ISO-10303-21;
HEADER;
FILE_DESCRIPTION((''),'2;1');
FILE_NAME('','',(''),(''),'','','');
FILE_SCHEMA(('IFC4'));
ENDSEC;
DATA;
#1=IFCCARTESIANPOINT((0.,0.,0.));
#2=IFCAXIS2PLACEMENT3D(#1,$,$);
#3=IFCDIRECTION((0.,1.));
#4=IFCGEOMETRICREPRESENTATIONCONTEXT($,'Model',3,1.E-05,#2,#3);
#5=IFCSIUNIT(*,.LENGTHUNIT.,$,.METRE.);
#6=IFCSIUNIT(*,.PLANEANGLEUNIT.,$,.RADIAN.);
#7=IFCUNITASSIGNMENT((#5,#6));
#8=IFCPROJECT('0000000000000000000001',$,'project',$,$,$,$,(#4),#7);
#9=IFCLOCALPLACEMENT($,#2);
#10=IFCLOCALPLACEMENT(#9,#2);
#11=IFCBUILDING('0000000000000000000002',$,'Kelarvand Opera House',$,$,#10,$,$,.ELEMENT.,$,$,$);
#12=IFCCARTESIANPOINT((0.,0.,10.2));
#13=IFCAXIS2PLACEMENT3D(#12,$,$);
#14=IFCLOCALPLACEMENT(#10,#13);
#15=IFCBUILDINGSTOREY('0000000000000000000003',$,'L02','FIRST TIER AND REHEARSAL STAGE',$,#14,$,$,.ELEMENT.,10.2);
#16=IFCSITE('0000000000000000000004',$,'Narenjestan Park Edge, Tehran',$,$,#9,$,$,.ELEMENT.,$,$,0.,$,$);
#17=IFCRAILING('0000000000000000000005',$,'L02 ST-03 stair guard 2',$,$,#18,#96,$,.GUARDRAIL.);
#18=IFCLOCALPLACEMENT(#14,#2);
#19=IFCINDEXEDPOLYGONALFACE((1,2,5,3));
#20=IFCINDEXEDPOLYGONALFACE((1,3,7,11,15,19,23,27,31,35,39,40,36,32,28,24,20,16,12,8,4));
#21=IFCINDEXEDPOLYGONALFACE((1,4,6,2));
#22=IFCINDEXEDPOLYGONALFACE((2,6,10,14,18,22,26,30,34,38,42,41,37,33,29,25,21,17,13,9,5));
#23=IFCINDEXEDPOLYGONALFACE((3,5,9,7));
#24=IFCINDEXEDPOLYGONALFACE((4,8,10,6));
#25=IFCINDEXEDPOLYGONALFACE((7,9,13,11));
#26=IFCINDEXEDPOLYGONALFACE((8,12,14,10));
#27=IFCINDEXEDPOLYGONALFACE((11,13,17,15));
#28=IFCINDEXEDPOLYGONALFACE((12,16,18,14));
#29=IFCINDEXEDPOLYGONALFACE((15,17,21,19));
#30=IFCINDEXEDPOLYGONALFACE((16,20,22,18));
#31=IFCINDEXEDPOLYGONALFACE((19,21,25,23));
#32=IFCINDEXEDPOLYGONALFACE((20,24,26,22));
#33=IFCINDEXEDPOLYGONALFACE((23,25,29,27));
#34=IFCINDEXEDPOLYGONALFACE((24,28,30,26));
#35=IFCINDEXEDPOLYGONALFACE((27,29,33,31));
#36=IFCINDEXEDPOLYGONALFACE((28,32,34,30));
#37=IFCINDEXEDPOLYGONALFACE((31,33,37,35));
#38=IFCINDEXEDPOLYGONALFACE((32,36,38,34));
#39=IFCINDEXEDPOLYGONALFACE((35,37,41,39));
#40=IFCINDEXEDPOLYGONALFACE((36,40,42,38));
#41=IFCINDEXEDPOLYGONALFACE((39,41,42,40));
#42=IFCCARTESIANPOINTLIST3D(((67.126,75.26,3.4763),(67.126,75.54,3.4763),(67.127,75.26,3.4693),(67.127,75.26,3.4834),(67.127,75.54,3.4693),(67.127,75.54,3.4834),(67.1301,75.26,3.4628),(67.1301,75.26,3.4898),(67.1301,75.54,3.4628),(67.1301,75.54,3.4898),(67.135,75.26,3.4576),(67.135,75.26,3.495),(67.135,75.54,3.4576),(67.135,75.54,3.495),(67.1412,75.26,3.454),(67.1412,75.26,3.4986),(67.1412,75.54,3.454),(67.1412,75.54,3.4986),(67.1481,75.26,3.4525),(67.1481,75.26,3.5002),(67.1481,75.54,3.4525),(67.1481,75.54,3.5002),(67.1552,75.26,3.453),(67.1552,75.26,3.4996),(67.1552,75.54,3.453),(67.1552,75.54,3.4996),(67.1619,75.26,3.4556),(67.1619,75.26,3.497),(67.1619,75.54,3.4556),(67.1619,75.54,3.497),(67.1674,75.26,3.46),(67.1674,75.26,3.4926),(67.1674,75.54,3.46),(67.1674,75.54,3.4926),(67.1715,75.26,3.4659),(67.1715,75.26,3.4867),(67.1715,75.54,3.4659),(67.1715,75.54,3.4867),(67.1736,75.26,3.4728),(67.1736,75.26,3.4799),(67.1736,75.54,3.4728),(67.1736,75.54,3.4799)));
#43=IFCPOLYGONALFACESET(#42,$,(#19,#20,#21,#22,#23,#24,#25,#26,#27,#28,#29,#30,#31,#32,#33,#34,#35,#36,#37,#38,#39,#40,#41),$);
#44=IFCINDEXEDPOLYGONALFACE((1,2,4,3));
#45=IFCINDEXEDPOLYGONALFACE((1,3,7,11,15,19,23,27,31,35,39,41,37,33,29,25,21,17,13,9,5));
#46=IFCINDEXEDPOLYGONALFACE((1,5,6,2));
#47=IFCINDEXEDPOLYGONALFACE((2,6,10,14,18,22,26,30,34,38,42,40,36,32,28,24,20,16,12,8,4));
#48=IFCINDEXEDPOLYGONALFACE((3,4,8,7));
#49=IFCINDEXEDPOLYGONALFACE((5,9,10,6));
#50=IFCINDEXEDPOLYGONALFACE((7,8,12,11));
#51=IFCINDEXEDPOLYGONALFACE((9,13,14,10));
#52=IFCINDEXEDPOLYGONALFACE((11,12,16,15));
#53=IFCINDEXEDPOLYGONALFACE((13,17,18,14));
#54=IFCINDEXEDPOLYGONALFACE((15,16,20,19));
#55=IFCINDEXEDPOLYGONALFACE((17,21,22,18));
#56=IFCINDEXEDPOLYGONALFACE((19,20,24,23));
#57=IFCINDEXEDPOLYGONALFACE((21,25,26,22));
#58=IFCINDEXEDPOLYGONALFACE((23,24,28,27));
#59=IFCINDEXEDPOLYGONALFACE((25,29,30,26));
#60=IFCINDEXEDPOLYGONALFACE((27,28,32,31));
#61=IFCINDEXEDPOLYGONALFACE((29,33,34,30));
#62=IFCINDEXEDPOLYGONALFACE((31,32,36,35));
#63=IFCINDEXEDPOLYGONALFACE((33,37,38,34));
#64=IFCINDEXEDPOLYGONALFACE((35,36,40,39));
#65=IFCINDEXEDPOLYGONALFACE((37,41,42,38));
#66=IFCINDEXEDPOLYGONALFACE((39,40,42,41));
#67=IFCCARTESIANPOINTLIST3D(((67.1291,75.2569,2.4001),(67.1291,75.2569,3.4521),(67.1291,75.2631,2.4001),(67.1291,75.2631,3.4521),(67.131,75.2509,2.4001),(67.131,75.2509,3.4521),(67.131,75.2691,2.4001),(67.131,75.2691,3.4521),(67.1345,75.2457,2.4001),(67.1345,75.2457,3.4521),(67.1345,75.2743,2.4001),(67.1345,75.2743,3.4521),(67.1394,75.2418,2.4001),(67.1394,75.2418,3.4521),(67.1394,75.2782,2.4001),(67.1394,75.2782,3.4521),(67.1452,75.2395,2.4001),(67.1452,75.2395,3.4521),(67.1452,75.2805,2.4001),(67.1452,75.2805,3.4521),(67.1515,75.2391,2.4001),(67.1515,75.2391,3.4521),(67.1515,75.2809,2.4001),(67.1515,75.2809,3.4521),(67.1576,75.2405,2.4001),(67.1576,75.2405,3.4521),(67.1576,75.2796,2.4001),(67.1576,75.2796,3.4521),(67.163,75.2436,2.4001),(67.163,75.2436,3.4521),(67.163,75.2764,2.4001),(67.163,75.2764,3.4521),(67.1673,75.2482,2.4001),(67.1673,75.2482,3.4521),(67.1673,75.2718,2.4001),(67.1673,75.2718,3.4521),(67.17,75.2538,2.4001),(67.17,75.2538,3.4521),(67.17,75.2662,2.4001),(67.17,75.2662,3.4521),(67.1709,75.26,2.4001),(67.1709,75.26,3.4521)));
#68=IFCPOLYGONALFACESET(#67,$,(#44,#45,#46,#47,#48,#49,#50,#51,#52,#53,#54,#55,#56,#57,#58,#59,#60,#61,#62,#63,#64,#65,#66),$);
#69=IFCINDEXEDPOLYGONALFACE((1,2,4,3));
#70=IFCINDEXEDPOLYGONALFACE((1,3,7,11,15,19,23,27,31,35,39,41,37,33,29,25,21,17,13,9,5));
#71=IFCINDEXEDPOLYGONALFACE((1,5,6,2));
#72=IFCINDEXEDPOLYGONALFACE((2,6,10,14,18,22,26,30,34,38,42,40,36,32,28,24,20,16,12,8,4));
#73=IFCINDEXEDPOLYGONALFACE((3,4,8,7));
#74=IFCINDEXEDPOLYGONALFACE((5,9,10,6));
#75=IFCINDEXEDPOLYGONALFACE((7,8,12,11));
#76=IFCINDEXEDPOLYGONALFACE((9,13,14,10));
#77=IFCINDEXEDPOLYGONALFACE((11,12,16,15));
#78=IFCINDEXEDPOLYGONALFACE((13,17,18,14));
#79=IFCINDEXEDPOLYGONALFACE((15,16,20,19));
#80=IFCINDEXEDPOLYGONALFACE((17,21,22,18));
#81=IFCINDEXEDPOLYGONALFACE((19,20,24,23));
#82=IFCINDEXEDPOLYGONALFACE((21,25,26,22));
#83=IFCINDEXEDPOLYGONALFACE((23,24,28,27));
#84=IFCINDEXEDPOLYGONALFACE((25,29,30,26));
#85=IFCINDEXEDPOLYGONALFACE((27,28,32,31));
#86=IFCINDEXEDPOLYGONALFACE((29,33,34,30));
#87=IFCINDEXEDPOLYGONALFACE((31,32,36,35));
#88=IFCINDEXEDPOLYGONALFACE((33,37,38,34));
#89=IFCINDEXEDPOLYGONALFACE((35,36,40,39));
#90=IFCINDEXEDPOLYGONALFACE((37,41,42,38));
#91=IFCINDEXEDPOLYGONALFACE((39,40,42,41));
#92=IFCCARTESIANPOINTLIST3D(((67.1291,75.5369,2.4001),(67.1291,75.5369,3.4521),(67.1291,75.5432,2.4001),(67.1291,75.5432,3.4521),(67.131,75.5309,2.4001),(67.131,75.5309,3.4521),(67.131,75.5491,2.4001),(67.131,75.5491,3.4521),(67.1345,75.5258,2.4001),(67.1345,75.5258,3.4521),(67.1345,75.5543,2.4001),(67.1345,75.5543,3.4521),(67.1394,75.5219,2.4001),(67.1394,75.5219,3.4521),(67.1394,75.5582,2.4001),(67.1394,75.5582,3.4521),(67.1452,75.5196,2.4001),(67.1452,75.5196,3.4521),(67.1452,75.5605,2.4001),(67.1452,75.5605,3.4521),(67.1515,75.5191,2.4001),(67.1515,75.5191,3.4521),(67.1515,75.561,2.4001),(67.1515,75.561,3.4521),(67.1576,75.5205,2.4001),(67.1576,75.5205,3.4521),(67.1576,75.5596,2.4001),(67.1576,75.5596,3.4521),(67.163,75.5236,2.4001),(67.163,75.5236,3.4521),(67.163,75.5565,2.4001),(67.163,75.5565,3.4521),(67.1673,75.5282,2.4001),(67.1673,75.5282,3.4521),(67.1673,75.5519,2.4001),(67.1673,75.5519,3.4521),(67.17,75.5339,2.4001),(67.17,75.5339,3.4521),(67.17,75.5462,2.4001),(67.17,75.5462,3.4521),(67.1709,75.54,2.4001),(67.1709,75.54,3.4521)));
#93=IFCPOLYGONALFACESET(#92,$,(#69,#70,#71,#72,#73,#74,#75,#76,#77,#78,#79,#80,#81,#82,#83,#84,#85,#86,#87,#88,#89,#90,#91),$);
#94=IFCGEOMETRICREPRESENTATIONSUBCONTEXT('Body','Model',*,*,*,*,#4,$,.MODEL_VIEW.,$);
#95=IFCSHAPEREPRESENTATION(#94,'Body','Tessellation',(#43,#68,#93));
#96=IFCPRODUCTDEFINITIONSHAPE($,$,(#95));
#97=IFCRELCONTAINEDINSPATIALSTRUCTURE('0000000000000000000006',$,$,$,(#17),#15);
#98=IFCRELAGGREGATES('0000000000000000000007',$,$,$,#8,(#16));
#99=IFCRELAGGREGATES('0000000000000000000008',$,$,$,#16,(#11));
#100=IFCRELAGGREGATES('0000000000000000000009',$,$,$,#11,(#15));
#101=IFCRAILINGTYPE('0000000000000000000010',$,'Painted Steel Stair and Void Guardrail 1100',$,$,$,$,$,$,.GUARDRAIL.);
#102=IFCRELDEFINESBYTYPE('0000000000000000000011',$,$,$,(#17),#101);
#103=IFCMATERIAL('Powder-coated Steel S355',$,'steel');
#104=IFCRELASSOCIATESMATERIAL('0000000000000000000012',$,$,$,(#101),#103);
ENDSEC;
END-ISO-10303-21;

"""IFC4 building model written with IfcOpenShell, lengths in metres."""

from ifc_helpers import new_model, si_unit, direction, frame, origin, origin_2d, place, context, subcontext, project, spatial, circle, extrude, material, type_object, element, save


model = new_model("IFC4")

# Units and contexts
model_context = context("Model", 3, precision=1e-05, world=origin(), true_north=direction((0.0, 1.0)))
body_context = subcontext(model_context, "Body", "Model", "MODEL_VIEW")
ifc_project = project(units=[si_unit("LENGTHUNIT", "METRE"), si_unit("PLANEANGLEUNIT", "RADIAN")], contexts=[model_context])

# Site, building, storey
site_placement = place(None, origin())
site = spatial("IfcSite", under=ifc_project, at=site_placement, Name="Narenjestan Park Edge, Tehran", CompositionType="ELEMENT", RefElevation=0.0)
building_placement = place(site_placement, origin())
building = spatial("IfcBuilding", under=site, at=building_placement, Name="Kelarvand Opera House", CompositionType="ELEMENT")
storey_placement = place(building_placement, frame((0.0, 0.0, 10.2)))
storey = spatial("IfcBuildingStorey", under=building, at=storey_placement, Name="L02", Description="FIRST TIER AND REHEARSAL STAGE", CompositionType="ELEMENT", Elevation=10.2)

# Railing
ifc_material_1 = material(Name="Powder-coated Steel S355", Category="steel")
railing_type_1 = type_object("IfcRailingType", Name="Painted Steel Stair and Void Guardrail 1100", PredefinedType="GUARDRAIL", material=ifc_material_1)
railing_1_placement = place(storey_placement, frame((67.1499, 75.26, 2.4001)))
element("IfcRailing", 1, at=railing_1_placement, inside=storey, type_object=railing_type_1, Name="L02 ST-03 stair guard 2", PredefinedType="GUARDRAIL", context=body_context, shape_type="SweptSolid", body=[
    extrude(circle(Radius=0.0239, at=origin_2d()), frame((0.0, 0.0, 1.0762), z_axis=(0.0, 1.0, 0.0), x_axis=(-1.0, 0.0, 0.0)), (0.0, 0.0, 1.0), 0.28),
    extrude(circle(Radius=0.021, at=origin_2d()), origin(), (0.0, 0.0, 1.0), 1.052),
    extrude(circle(Radius=0.021, at=origin_2d()), frame((0.0, 0.28, 0.0)), (0.0, 0.0, 1.0), 1.052),
])

save(model, "model.ifc")
